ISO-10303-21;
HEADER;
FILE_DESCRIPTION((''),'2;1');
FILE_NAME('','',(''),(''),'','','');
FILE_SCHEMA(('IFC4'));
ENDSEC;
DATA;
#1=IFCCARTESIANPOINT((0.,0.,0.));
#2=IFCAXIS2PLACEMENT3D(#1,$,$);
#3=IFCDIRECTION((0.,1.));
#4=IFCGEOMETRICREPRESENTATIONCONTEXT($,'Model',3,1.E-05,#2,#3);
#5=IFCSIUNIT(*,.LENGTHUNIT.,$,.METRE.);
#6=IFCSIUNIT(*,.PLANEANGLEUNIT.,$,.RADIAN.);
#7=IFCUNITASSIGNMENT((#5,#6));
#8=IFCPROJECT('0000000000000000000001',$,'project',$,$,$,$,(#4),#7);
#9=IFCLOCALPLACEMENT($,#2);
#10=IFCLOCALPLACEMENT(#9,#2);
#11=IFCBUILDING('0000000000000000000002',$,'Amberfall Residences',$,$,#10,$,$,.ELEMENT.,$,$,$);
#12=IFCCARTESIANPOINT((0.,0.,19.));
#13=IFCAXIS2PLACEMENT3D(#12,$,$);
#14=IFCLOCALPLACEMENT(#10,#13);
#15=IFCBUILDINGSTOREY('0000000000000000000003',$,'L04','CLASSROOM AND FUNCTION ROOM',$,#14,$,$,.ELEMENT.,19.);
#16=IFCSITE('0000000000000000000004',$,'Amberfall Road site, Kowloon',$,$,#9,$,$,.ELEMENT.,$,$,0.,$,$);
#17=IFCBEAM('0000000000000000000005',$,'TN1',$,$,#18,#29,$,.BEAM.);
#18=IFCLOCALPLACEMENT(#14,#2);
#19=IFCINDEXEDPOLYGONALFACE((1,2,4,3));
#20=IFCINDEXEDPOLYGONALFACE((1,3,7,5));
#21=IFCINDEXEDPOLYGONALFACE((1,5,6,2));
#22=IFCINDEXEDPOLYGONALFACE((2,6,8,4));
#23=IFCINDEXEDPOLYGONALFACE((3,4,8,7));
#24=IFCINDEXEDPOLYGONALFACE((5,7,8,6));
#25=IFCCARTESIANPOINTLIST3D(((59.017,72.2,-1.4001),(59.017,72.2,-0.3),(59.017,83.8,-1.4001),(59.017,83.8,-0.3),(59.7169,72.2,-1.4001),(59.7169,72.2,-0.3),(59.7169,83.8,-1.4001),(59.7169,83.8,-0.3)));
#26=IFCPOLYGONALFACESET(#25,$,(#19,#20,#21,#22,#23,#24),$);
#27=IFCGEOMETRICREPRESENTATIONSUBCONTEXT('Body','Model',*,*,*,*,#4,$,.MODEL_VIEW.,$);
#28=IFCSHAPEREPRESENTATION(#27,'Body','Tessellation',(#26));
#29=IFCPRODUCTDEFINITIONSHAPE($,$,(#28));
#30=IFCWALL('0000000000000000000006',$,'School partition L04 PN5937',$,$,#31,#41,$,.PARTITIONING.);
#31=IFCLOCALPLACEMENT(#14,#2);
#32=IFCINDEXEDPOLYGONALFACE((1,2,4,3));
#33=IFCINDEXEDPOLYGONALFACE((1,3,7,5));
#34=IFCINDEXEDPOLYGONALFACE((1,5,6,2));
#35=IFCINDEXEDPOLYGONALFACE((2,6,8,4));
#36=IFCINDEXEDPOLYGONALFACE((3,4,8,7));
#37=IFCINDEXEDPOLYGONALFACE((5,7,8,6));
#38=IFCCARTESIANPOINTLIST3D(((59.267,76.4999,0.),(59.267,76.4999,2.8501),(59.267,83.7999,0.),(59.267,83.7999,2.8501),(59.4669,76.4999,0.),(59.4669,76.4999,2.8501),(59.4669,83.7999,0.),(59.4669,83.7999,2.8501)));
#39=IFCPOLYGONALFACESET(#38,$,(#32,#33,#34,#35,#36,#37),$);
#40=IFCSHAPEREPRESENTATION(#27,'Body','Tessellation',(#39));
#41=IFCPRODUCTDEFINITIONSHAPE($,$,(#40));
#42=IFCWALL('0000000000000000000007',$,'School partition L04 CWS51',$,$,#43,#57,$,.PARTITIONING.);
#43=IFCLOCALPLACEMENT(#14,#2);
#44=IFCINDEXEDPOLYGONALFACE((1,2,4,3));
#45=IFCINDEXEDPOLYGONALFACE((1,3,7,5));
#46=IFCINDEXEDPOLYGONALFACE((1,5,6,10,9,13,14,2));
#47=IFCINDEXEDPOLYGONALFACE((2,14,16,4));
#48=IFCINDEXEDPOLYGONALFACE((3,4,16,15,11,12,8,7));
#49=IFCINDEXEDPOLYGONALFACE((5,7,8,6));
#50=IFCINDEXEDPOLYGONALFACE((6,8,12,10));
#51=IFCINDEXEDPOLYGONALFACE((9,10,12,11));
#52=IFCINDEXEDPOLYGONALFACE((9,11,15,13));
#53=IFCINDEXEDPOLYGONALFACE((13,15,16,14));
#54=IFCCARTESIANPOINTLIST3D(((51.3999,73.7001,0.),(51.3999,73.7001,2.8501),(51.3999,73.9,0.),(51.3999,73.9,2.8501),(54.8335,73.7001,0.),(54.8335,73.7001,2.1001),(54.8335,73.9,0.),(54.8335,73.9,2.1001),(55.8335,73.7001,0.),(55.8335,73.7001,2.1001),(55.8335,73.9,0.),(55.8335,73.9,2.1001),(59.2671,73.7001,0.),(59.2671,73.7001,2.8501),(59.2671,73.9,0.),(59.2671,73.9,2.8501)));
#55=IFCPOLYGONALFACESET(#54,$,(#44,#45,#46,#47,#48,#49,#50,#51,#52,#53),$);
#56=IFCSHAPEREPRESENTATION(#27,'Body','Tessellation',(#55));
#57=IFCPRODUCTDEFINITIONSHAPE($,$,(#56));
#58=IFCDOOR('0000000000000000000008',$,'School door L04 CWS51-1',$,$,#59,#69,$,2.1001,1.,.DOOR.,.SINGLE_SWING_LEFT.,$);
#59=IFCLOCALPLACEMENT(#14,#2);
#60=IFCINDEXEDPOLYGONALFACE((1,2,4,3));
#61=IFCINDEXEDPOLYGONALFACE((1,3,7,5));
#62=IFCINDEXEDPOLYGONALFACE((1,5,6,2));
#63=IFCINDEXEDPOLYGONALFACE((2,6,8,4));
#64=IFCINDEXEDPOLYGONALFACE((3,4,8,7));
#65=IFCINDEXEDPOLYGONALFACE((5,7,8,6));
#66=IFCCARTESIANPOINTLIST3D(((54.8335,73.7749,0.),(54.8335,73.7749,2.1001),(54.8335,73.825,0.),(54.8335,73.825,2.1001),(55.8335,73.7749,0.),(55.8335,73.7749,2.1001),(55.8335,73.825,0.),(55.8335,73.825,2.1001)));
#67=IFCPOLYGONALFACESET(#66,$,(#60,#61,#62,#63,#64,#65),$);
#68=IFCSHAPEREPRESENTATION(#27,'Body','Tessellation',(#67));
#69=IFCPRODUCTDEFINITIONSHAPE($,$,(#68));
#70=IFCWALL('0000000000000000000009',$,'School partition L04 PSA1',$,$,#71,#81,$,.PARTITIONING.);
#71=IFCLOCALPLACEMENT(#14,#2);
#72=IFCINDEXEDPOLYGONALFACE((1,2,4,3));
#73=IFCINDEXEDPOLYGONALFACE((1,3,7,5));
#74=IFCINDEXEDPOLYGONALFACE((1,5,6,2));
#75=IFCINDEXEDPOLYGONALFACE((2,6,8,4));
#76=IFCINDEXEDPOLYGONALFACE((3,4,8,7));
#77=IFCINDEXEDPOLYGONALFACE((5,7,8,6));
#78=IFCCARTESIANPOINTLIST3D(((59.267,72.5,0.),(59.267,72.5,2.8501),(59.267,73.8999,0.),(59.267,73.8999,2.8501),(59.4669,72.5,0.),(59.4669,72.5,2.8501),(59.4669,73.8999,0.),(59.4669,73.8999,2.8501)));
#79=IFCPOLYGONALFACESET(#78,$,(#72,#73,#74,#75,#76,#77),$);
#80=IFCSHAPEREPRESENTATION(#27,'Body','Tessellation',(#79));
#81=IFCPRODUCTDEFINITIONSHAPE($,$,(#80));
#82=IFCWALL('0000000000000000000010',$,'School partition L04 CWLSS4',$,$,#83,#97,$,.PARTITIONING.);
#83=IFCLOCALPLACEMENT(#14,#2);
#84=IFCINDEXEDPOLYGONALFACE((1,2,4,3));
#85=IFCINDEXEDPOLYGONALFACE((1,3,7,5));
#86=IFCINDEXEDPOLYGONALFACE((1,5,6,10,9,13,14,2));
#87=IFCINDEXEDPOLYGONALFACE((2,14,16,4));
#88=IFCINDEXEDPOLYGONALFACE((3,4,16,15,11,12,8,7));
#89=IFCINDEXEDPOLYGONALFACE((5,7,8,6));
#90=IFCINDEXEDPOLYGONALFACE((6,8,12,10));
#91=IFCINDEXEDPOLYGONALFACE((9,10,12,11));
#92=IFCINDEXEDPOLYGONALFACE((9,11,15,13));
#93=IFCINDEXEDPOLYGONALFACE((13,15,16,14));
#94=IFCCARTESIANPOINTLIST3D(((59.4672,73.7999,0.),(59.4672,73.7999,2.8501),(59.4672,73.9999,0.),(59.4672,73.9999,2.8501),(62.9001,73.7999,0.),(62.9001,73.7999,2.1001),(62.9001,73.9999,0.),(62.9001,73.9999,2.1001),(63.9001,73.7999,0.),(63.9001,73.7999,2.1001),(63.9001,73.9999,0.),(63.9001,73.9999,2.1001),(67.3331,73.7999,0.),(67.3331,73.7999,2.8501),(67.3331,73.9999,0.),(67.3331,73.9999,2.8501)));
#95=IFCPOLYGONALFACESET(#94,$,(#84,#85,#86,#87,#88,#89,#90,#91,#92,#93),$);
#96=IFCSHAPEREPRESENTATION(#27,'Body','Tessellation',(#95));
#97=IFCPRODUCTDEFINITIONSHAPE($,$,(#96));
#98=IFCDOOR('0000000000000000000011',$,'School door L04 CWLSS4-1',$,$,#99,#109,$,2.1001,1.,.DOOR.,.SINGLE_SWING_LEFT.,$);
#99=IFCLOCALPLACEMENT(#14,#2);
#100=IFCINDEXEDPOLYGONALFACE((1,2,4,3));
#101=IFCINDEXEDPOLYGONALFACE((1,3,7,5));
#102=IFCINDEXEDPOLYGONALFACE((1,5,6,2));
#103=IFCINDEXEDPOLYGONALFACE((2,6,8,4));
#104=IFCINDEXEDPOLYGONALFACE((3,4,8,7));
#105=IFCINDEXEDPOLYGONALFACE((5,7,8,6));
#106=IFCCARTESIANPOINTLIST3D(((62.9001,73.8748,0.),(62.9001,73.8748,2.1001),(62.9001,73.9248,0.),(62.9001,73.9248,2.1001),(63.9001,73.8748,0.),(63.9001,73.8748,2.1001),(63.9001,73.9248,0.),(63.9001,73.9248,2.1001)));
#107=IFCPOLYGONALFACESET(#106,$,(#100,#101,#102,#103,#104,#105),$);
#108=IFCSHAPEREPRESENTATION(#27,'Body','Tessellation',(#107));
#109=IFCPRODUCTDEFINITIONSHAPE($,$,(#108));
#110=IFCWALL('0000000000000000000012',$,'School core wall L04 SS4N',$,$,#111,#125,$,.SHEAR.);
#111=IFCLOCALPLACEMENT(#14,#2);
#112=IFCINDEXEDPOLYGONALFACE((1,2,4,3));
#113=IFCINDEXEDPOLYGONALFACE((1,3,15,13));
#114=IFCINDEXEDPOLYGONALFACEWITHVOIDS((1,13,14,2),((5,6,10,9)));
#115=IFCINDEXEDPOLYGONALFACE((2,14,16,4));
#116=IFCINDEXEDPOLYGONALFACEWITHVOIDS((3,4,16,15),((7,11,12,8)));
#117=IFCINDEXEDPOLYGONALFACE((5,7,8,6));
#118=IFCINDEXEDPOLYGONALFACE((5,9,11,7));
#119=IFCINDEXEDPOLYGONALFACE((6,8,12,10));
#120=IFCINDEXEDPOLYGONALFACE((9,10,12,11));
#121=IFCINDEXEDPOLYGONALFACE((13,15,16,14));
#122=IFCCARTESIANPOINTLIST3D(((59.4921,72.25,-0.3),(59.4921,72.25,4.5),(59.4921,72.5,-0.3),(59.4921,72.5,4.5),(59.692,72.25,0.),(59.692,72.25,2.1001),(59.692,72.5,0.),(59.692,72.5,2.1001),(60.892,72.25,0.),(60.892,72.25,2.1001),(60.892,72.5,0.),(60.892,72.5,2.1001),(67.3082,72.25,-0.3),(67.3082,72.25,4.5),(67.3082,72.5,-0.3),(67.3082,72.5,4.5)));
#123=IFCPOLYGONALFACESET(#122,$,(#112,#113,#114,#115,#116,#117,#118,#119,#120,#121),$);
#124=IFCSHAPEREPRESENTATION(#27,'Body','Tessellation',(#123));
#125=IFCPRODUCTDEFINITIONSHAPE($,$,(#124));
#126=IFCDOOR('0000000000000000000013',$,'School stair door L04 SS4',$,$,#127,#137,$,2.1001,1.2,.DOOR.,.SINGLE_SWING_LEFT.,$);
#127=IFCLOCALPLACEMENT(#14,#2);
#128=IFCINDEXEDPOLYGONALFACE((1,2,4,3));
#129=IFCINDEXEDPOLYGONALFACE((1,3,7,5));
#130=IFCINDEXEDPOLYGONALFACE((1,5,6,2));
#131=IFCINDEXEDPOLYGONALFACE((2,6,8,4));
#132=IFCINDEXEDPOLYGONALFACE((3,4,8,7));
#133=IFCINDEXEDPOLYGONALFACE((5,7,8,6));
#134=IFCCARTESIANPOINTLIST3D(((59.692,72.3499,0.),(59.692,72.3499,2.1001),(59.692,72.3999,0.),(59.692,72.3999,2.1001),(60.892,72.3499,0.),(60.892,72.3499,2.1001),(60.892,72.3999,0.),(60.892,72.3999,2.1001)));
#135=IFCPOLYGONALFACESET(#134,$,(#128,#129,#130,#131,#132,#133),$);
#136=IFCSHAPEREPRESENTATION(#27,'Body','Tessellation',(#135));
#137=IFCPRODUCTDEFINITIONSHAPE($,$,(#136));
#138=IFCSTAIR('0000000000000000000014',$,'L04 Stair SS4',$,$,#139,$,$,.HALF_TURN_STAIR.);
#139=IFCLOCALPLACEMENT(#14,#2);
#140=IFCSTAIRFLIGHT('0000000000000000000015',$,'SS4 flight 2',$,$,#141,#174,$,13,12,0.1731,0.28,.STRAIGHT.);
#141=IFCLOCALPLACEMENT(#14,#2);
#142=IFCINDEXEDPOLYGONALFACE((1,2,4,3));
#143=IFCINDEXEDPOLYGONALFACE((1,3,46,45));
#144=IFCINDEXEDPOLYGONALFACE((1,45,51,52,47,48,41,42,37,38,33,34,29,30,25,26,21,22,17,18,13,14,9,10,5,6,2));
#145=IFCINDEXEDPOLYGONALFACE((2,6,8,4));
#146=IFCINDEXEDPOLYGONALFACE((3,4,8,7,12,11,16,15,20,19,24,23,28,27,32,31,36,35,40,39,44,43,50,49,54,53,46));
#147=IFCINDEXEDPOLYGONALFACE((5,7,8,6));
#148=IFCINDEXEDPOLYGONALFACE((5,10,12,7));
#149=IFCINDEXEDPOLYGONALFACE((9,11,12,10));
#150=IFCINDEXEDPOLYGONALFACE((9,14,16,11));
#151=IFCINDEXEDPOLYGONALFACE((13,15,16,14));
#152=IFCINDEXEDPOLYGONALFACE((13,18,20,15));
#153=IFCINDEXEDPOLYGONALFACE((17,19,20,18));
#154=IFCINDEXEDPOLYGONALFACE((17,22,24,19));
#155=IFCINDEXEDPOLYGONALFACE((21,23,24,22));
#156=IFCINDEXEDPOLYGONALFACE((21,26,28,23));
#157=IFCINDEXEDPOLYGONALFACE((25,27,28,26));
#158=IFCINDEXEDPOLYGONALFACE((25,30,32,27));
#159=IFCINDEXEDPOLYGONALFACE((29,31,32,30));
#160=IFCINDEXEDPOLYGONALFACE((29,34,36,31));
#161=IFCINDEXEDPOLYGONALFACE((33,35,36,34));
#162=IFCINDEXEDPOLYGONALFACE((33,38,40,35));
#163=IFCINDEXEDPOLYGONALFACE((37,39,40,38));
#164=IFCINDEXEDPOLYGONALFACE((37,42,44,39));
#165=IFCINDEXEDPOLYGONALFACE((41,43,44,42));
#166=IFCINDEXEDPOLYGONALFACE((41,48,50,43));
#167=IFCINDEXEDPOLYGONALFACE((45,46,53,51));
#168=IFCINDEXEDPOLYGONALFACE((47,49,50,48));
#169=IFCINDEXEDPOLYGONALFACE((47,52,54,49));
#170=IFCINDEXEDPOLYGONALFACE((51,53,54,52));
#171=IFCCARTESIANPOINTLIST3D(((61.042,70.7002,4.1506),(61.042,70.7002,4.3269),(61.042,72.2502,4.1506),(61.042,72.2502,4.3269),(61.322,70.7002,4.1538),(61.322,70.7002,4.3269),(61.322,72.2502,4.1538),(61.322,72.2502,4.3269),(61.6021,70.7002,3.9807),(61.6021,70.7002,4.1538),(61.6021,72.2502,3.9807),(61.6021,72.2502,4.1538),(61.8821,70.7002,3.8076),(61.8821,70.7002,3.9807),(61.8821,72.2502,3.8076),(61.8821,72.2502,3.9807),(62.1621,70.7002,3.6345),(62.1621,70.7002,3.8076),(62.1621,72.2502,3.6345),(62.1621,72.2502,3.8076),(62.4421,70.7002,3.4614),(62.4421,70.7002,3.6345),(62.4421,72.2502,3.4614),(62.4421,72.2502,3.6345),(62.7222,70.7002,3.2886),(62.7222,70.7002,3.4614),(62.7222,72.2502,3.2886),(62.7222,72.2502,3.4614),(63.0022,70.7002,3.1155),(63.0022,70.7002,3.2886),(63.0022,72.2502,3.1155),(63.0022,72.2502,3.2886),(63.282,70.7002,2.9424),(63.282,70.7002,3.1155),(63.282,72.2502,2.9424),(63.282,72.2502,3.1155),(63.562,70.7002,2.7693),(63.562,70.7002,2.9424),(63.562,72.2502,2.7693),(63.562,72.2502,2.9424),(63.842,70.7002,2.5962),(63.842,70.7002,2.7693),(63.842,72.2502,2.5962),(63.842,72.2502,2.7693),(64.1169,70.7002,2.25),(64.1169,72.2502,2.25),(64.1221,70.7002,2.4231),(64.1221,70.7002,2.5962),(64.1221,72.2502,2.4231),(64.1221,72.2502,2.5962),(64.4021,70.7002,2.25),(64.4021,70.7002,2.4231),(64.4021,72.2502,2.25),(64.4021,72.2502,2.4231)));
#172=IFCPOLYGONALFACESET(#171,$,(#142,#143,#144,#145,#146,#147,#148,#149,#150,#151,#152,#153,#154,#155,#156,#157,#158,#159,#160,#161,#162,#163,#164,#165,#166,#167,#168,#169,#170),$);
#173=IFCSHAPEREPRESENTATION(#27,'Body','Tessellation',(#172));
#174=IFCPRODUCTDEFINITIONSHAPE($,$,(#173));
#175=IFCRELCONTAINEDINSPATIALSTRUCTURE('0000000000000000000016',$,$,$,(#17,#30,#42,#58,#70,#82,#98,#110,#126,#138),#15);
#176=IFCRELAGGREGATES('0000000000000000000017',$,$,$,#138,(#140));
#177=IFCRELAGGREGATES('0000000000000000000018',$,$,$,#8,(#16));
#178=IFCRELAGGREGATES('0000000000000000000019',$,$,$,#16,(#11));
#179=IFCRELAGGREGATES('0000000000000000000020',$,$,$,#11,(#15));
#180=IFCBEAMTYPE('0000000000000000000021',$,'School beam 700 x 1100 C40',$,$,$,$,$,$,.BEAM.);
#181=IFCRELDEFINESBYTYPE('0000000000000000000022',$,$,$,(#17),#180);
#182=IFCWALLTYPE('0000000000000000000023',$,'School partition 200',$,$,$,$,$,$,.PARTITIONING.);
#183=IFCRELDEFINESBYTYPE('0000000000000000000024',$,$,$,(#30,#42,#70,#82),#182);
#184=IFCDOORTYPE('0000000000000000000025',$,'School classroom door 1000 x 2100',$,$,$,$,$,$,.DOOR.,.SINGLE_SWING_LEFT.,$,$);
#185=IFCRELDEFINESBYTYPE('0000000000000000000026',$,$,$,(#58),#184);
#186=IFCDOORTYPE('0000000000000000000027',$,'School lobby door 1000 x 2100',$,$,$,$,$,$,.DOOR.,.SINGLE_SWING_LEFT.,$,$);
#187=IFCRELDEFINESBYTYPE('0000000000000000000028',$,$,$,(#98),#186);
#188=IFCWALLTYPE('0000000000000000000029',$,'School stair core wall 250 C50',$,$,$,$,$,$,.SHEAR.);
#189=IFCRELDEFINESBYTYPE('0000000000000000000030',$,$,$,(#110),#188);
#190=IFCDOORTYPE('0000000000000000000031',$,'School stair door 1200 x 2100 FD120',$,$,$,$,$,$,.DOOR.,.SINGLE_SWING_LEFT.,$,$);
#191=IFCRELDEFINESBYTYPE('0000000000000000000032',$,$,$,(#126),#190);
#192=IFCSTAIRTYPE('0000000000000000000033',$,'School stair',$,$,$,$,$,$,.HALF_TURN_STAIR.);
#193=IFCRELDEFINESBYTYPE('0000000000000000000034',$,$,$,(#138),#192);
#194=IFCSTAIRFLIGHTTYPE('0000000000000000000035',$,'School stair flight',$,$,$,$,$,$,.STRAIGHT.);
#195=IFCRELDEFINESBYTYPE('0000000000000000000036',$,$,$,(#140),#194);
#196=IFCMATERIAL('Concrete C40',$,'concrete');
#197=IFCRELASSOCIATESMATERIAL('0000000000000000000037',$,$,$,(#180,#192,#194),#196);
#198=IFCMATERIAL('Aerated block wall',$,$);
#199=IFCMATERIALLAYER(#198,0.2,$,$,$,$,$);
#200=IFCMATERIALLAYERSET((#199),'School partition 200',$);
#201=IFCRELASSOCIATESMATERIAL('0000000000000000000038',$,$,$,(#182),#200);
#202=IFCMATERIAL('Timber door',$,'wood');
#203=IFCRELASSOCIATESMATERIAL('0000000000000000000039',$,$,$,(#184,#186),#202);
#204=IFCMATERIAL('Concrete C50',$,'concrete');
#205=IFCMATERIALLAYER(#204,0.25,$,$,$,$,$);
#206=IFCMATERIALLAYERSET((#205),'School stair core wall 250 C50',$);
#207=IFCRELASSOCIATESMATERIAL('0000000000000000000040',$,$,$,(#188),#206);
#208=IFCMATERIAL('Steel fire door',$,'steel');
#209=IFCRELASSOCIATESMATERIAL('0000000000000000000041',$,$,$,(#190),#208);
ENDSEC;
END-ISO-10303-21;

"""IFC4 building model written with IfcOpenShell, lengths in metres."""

from ifc_helpers import new_model, si_unit, direction, frame, frame_2d, origin, origin_2d, place, context, subcontext, project, spatial, polyline, rectangle, outline, extrude, material, layer, layer_set, material_profile, profile_set, type_object, element, fill, aggregate, save


model = new_model("IFC4")

# Units and contexts
model_context = context("Model", 3, precision=1e-05, world=origin(), true_north=direction((0.0, 1.0)))
body_context = subcontext(model_context, "Body", "Model", "MODEL_VIEW")
ifc_project = project(units=[si_unit("LENGTHUNIT", "METRE"), si_unit("PLANEANGLEUNIT", "RADIAN")], contexts=[model_context])

# Site, building, storey
site_placement = place(None, origin())
site = spatial("IfcSite", under=ifc_project, at=site_placement, Name="Amberfall Road site, Kowloon", CompositionType="ELEMENT", RefElevation=0.0)
building_placement = place(site_placement, origin())
building = spatial("IfcBuilding", under=site, at=building_placement, Name="Amberfall Residences", CompositionType="ELEMENT")
storey_placement = place(building_placement, frame((0.0, 0.0, 19.0)))
storey = spatial("IfcBuildingStorey", under=building, at=storey_placement, Name="L04", Description="CLASSROOM AND FUNCTION ROOM", CompositionType="ELEMENT", Elevation=19.0)

# Beam
ifc_material_1 = material(Name="Concrete C40", Category="concrete")
ifc_material_profile = material_profile(ifc_material_1, rectangle(XDim=0.7, YDim=1.1001, at=origin_2d()), Name="School beam 700 x 1100 C40")
ifc_profile_set = profile_set([ifc_material_profile], Name="Concrete C40")
beam_type = type_object("IfcBeamType", Name="School beam 700 x 1100 C40", PredefinedType="BEAM", material=ifc_profile_set)
beam_placement = place(storey_placement, frame((59.3669, 72.2, -0.8501), z_axis=(0.0, 1.0, 0.0), x_axis=(-1.0, 0.0, 0.0)))
element("IfcBeam", 1, at=beam_placement, inside=storey, type_object=beam_type, Name="TN1", PredefinedType="BEAM", context=body_context, shape_type="SweptSolid", body=[
    extrude(rectangle(XDim=0.7, YDim=1.1001, at=origin_2d()), origin(), (0.0, 0.0, 1.0), 11.6001),
])

# Wall
ifc_material_2 = material(Name="Aerated block wall")
ifc_layer_1 = layer(ifc_material_2, 0.2)
ifc_layer_set_1 = layer_set([ifc_layer_1], Name="School partition 200")
wall_type_1 = type_object("IfcWallType", Name="School partition 200", PredefinedType="PARTITIONING", material=ifc_layer_set_1)
wall_1_placement = place(storey_placement, frame((59.3669, 76.5, 0.0), z_axis=(0.0, 0.0, 1.0), x_axis=(0.0, 1.0, 0.0)))
element("IfcWall", 2, at=wall_1_placement, inside=storey, type_object=wall_type_1, Name="School partition L04 PN5937", PredefinedType="PARTITIONING", context=body_context, shape_type="SweptSolid", body=[
    extrude(rectangle(XDim=7.3, YDim=0.2, at=frame_2d((3.6499, 0.0))), origin(), (0.0, 0.0, 1.0), 2.8501),
])

# Wall, opening, door
wall_2_placement = place(storey_placement, frame((51.3999, 73.8, 0.0), z_axis=(0.0, 0.0, 1.0), x_axis=(1.0, 0.0, 0.0)))
wall_2 = element("IfcWall", 3, at=wall_2_placement, inside=storey, type_object=wall_type_1, Name="School partition L04 CWS51", PredefinedType="PARTITIONING", context=body_context, shape_type="SweptSolid", body=[
    extrude(rectangle(XDim=7.8672, YDim=0.2, at=frame_2d((3.9336, 0.0))), origin(), (0.0, 0.0, 1.0), 2.8501),
])
opening_1_placement = place(wall_2_placement, frame((3.4336, 0.0, 0.0)))
opening_1 = element("IfcOpeningElement", 4, at=opening_1_placement, cuts=wall_2, PredefinedType="OPENING", context=body_context, shape_type="SweptSolid", body=[
    extrude(rectangle(XDim=1.0, YDim=2.1001, at=frame_2d((0.5, 1.05))), frame((0.0, 0.1099, 0.0), z_axis=(0.0, -1.0, 0.0), x_axis=(1.0, 0.0, 0.0)), (0.0, 0.0, 1.0), 0.22),
])
ifc_material_3 = material(Name="Timber door", Category="wood")
door_type_1 = type_object("IfcDoorType", Name="School classroom door 1000 x 2100", OperationType="SINGLE_SWING_LEFT", PredefinedType="DOOR", material=ifc_material_3)
door_1_placement = place(opening_1_placement, origin())
door_1 = element("IfcDoor", 5, at=door_1_placement, inside=storey, type_object=door_type_1, Name="School door L04 CWS51-1", OperationType="SINGLE_SWING_LEFT", OverallHeight=2.1001, OverallWidth=1.0, PredefinedType="DOOR", context=body_context, shape_type="SweptSolid", body=[
    extrude(rectangle(XDim=1.0, YDim=2.1001, at=frame_2d((0.5, 1.05))), frame((0.0, 0.0249, 0.0), z_axis=(0.0, -1.0, 0.0), x_axis=(1.0, 0.0, 0.0)), (0.0, 0.0, 1.0), 0.05),
])
fill(opening_1, door_1)

# Wall
wall_3_placement = place(storey_placement, frame((59.3669, 72.5, 0.0), z_axis=(0.0, 0.0, 1.0), x_axis=(0.0, 1.0, 0.0)))
element("IfcWall", 6, at=wall_3_placement, inside=storey, type_object=wall_type_1, Name="School partition L04 PSA1", PredefinedType="PARTITIONING", context=body_context, shape_type="SweptSolid", body=[
    extrude(rectangle(XDim=1.3999, YDim=0.2, at=frame_2d((0.7, 0.0))), origin(), (0.0, 0.0, 1.0), 2.8501),
])

# Walls, openings, doors
wall_4_placement = place(storey_placement, frame((59.467, 73.8999, 0.0), z_axis=(0.0, 0.0, 1.0), x_axis=(1.0, 0.0, 0.0)))
wall_4 = element("IfcWall", 7, at=wall_4_placement, inside=storey, type_object=wall_type_1, Name="School partition L04 CWLSS4", PredefinedType="PARTITIONING", context=body_context, shape_type="SweptSolid", body=[
    extrude(rectangle(XDim=7.866, YDim=0.2, at=frame_2d((3.9331, 0.0))), origin(), (0.0, 0.0, 1.0), 2.8501),
])
opening_2_placement = place(wall_4_placement, frame((3.4331, 0.0, 0.0)))
opening_2 = element("IfcOpeningElement", 8, at=opening_2_placement, cuts=wall_4, PredefinedType="OPENING", context=body_context, shape_type="SweptSolid", body=[
    extrude(rectangle(XDim=1.0, YDim=2.1001, at=frame_2d((0.5, 1.05))), frame((0.0, 0.1099, 0.0), z_axis=(0.0, -1.0, 0.0), x_axis=(1.0, 0.0, 0.0)), (0.0, 0.0, 1.0), 0.22),
])
door_type_2 = type_object("IfcDoorType", Name="School lobby door 1000 x 2100", OperationType="SINGLE_SWING_LEFT", PredefinedType="DOOR", material=ifc_material_3)
door_2_placement = place(opening_2_placement, origin())
door_2 = element("IfcDoor", 9, at=door_2_placement, inside=storey, type_object=door_type_2, Name="School door L04 CWLSS4-1", OperationType="SINGLE_SWING_LEFT", OverallHeight=2.1001, OverallWidth=1.0, PredefinedType="DOOR", context=body_context, shape_type="SweptSolid", body=[
    extrude(rectangle(XDim=1.0, YDim=2.1001, at=frame_2d((0.5, 1.05))), frame((0.0, 0.0249, 0.0), z_axis=(0.0, -1.0, 0.0), x_axis=(1.0, 0.0, 0.0)), (0.0, 0.0, 1.0), 0.05),
])
fill(opening_2, door_2)
ifc_material_4 = material(Name="Concrete C50", Category="concrete")
ifc_layer_2 = layer(ifc_material_4, 0.25)
ifc_layer_set_2 = layer_set([ifc_layer_2], Name="School stair core wall 250 C50")
wall_type_2 = type_object("IfcWallType", Name="School stair core wall 250 C50", PredefinedType="SHEAR", material=ifc_layer_set_2)
wall_5_placement = place(storey_placement, frame((59.4919, 72.375, -0.3), z_axis=(0.0, 0.0, 1.0), x_axis=(1.0, 0.0, 0.0)))
wall_5 = element("IfcWall", 10, at=wall_5_placement, inside=storey, type_object=wall_type_2, Name="School core wall L04 SS4N", PredefinedType="SHEAR", context=body_context, shape_type="SweptSolid", body=[
    extrude(rectangle(XDim=7.8162, YDim=0.25, at=frame_2d((3.9082, 0.0))), origin(), (0.0, 0.0, 1.0), 4.8),
])
opening_3_placement = place(wall_5_placement, frame((0.2, 0.0, 0.3)))
opening_3 = element("IfcOpeningElement", 11, at=opening_3_placement, cuts=wall_5, PredefinedType="OPENING", context=body_context, shape_type="SweptSolid", body=[
    extrude(rectangle(XDim=1.2, YDim=2.1001, at=frame_2d((0.6001, 1.05))), frame((0.0, 0.135, 0.0), z_axis=(0.0, -1.0, 0.0), x_axis=(1.0, 0.0, 0.0)), (0.0, 0.0, 1.0), 0.27),
])
ifc_material_5 = material(Name="Steel fire door", Category="steel")
door_type_3 = type_object("IfcDoorType", Name="School stair door 1200 x 2100 FD120", OperationType="SINGLE_SWING_LEFT", PredefinedType="DOOR", material=ifc_material_5)
door_3_placement = place(opening_3_placement, origin())
door_3 = element("IfcDoor", 12, at=door_3_placement, inside=storey, type_object=door_type_3, Name="School stair door L04 SS4", OperationType="SINGLE_SWING_LEFT", OverallHeight=2.1001, OverallWidth=1.2, PredefinedType="DOOR", context=body_context, shape_type="SweptSolid", body=[
    extrude(rectangle(XDim=1.2, YDim=2.1001, at=frame_2d((0.6001, 1.05))), frame((0.0, 0.0249, 0.0), z_axis=(0.0, -1.0, 0.0), x_axis=(1.0, 0.0, 0.0)), (0.0, 0.0, 1.0), 0.05),
])
fill(opening_3, door_3)

# Stair, stair flight
stair_type = type_object("IfcStairType", Name="School stair", PredefinedType="HALF_TURN_STAIR", material=ifc_material_1)
stair_placement = place(storey_placement, origin())
stair = element("IfcStair", 13, at=stair_placement, inside=storey, type_object=stair_type, Name="L04 Stair SS4", PredefinedType="HALF_TURN_STAIR")
stair_flight_type = type_object("IfcStairFlightType", Name="School stair flight", PredefinedType="STRAIGHT", material=ifc_material_1)
stair_flight_placement = place(storey_placement, frame((64.4021, 71.4751, 2.25), z_axis=(0.0, 0.0, 1.0), x_axis=(-1.0, 0.0, 0.0)))
stair_flight = element("IfcStairFlight", 14, at=stair_flight_placement, type_object=stair_flight_type, Name="SS4 flight 2", NumberOfRisers=13, NumberOfTreads=12, PredefinedType="STRAIGHT", RiserHeight=0.1731, TreadLength=0.28, context=body_context, shape_type="SweptSolid", body=[
    extrude(outline(polyline([(0.0, 0.0), (0.0, 0.1731), (0.28, 0.1731), (0.28, 0.3462), (0.5601, 0.3462), (0.5601, 0.5193), (0.8401, 0.5193), (0.8401, 0.6924), (1.1201, 0.6924), (1.1201, 0.8655), (1.3999, 0.8655), (1.3999, 1.0386), (1.6799, 1.0386), (1.6799, 1.2114), (1.96, 1.2114), (1.96, 1.3845), (2.24, 1.3845), (2.24, 1.5576), (2.52, 1.5576), (2.52, 1.7307), (2.8, 1.7307), (2.8, 1.9038), (3.0801, 1.9038), (3.0801, 2.0769), (3.3601, 2.0769), (3.3601, 2.25), (3.3601, 1.9006), (0.2852, 0.0), (0.0, 0.0)])), frame((0.0, 0.7749, 0.0), z_axis=(0.0, -1.0, 0.0), x_axis=(1.0, 0.0, 0.0)), (0.0, 0.0, 1.0), 1.55),
])
aggregate(stair, [stair_flight])

save(model, "model.ifc")
